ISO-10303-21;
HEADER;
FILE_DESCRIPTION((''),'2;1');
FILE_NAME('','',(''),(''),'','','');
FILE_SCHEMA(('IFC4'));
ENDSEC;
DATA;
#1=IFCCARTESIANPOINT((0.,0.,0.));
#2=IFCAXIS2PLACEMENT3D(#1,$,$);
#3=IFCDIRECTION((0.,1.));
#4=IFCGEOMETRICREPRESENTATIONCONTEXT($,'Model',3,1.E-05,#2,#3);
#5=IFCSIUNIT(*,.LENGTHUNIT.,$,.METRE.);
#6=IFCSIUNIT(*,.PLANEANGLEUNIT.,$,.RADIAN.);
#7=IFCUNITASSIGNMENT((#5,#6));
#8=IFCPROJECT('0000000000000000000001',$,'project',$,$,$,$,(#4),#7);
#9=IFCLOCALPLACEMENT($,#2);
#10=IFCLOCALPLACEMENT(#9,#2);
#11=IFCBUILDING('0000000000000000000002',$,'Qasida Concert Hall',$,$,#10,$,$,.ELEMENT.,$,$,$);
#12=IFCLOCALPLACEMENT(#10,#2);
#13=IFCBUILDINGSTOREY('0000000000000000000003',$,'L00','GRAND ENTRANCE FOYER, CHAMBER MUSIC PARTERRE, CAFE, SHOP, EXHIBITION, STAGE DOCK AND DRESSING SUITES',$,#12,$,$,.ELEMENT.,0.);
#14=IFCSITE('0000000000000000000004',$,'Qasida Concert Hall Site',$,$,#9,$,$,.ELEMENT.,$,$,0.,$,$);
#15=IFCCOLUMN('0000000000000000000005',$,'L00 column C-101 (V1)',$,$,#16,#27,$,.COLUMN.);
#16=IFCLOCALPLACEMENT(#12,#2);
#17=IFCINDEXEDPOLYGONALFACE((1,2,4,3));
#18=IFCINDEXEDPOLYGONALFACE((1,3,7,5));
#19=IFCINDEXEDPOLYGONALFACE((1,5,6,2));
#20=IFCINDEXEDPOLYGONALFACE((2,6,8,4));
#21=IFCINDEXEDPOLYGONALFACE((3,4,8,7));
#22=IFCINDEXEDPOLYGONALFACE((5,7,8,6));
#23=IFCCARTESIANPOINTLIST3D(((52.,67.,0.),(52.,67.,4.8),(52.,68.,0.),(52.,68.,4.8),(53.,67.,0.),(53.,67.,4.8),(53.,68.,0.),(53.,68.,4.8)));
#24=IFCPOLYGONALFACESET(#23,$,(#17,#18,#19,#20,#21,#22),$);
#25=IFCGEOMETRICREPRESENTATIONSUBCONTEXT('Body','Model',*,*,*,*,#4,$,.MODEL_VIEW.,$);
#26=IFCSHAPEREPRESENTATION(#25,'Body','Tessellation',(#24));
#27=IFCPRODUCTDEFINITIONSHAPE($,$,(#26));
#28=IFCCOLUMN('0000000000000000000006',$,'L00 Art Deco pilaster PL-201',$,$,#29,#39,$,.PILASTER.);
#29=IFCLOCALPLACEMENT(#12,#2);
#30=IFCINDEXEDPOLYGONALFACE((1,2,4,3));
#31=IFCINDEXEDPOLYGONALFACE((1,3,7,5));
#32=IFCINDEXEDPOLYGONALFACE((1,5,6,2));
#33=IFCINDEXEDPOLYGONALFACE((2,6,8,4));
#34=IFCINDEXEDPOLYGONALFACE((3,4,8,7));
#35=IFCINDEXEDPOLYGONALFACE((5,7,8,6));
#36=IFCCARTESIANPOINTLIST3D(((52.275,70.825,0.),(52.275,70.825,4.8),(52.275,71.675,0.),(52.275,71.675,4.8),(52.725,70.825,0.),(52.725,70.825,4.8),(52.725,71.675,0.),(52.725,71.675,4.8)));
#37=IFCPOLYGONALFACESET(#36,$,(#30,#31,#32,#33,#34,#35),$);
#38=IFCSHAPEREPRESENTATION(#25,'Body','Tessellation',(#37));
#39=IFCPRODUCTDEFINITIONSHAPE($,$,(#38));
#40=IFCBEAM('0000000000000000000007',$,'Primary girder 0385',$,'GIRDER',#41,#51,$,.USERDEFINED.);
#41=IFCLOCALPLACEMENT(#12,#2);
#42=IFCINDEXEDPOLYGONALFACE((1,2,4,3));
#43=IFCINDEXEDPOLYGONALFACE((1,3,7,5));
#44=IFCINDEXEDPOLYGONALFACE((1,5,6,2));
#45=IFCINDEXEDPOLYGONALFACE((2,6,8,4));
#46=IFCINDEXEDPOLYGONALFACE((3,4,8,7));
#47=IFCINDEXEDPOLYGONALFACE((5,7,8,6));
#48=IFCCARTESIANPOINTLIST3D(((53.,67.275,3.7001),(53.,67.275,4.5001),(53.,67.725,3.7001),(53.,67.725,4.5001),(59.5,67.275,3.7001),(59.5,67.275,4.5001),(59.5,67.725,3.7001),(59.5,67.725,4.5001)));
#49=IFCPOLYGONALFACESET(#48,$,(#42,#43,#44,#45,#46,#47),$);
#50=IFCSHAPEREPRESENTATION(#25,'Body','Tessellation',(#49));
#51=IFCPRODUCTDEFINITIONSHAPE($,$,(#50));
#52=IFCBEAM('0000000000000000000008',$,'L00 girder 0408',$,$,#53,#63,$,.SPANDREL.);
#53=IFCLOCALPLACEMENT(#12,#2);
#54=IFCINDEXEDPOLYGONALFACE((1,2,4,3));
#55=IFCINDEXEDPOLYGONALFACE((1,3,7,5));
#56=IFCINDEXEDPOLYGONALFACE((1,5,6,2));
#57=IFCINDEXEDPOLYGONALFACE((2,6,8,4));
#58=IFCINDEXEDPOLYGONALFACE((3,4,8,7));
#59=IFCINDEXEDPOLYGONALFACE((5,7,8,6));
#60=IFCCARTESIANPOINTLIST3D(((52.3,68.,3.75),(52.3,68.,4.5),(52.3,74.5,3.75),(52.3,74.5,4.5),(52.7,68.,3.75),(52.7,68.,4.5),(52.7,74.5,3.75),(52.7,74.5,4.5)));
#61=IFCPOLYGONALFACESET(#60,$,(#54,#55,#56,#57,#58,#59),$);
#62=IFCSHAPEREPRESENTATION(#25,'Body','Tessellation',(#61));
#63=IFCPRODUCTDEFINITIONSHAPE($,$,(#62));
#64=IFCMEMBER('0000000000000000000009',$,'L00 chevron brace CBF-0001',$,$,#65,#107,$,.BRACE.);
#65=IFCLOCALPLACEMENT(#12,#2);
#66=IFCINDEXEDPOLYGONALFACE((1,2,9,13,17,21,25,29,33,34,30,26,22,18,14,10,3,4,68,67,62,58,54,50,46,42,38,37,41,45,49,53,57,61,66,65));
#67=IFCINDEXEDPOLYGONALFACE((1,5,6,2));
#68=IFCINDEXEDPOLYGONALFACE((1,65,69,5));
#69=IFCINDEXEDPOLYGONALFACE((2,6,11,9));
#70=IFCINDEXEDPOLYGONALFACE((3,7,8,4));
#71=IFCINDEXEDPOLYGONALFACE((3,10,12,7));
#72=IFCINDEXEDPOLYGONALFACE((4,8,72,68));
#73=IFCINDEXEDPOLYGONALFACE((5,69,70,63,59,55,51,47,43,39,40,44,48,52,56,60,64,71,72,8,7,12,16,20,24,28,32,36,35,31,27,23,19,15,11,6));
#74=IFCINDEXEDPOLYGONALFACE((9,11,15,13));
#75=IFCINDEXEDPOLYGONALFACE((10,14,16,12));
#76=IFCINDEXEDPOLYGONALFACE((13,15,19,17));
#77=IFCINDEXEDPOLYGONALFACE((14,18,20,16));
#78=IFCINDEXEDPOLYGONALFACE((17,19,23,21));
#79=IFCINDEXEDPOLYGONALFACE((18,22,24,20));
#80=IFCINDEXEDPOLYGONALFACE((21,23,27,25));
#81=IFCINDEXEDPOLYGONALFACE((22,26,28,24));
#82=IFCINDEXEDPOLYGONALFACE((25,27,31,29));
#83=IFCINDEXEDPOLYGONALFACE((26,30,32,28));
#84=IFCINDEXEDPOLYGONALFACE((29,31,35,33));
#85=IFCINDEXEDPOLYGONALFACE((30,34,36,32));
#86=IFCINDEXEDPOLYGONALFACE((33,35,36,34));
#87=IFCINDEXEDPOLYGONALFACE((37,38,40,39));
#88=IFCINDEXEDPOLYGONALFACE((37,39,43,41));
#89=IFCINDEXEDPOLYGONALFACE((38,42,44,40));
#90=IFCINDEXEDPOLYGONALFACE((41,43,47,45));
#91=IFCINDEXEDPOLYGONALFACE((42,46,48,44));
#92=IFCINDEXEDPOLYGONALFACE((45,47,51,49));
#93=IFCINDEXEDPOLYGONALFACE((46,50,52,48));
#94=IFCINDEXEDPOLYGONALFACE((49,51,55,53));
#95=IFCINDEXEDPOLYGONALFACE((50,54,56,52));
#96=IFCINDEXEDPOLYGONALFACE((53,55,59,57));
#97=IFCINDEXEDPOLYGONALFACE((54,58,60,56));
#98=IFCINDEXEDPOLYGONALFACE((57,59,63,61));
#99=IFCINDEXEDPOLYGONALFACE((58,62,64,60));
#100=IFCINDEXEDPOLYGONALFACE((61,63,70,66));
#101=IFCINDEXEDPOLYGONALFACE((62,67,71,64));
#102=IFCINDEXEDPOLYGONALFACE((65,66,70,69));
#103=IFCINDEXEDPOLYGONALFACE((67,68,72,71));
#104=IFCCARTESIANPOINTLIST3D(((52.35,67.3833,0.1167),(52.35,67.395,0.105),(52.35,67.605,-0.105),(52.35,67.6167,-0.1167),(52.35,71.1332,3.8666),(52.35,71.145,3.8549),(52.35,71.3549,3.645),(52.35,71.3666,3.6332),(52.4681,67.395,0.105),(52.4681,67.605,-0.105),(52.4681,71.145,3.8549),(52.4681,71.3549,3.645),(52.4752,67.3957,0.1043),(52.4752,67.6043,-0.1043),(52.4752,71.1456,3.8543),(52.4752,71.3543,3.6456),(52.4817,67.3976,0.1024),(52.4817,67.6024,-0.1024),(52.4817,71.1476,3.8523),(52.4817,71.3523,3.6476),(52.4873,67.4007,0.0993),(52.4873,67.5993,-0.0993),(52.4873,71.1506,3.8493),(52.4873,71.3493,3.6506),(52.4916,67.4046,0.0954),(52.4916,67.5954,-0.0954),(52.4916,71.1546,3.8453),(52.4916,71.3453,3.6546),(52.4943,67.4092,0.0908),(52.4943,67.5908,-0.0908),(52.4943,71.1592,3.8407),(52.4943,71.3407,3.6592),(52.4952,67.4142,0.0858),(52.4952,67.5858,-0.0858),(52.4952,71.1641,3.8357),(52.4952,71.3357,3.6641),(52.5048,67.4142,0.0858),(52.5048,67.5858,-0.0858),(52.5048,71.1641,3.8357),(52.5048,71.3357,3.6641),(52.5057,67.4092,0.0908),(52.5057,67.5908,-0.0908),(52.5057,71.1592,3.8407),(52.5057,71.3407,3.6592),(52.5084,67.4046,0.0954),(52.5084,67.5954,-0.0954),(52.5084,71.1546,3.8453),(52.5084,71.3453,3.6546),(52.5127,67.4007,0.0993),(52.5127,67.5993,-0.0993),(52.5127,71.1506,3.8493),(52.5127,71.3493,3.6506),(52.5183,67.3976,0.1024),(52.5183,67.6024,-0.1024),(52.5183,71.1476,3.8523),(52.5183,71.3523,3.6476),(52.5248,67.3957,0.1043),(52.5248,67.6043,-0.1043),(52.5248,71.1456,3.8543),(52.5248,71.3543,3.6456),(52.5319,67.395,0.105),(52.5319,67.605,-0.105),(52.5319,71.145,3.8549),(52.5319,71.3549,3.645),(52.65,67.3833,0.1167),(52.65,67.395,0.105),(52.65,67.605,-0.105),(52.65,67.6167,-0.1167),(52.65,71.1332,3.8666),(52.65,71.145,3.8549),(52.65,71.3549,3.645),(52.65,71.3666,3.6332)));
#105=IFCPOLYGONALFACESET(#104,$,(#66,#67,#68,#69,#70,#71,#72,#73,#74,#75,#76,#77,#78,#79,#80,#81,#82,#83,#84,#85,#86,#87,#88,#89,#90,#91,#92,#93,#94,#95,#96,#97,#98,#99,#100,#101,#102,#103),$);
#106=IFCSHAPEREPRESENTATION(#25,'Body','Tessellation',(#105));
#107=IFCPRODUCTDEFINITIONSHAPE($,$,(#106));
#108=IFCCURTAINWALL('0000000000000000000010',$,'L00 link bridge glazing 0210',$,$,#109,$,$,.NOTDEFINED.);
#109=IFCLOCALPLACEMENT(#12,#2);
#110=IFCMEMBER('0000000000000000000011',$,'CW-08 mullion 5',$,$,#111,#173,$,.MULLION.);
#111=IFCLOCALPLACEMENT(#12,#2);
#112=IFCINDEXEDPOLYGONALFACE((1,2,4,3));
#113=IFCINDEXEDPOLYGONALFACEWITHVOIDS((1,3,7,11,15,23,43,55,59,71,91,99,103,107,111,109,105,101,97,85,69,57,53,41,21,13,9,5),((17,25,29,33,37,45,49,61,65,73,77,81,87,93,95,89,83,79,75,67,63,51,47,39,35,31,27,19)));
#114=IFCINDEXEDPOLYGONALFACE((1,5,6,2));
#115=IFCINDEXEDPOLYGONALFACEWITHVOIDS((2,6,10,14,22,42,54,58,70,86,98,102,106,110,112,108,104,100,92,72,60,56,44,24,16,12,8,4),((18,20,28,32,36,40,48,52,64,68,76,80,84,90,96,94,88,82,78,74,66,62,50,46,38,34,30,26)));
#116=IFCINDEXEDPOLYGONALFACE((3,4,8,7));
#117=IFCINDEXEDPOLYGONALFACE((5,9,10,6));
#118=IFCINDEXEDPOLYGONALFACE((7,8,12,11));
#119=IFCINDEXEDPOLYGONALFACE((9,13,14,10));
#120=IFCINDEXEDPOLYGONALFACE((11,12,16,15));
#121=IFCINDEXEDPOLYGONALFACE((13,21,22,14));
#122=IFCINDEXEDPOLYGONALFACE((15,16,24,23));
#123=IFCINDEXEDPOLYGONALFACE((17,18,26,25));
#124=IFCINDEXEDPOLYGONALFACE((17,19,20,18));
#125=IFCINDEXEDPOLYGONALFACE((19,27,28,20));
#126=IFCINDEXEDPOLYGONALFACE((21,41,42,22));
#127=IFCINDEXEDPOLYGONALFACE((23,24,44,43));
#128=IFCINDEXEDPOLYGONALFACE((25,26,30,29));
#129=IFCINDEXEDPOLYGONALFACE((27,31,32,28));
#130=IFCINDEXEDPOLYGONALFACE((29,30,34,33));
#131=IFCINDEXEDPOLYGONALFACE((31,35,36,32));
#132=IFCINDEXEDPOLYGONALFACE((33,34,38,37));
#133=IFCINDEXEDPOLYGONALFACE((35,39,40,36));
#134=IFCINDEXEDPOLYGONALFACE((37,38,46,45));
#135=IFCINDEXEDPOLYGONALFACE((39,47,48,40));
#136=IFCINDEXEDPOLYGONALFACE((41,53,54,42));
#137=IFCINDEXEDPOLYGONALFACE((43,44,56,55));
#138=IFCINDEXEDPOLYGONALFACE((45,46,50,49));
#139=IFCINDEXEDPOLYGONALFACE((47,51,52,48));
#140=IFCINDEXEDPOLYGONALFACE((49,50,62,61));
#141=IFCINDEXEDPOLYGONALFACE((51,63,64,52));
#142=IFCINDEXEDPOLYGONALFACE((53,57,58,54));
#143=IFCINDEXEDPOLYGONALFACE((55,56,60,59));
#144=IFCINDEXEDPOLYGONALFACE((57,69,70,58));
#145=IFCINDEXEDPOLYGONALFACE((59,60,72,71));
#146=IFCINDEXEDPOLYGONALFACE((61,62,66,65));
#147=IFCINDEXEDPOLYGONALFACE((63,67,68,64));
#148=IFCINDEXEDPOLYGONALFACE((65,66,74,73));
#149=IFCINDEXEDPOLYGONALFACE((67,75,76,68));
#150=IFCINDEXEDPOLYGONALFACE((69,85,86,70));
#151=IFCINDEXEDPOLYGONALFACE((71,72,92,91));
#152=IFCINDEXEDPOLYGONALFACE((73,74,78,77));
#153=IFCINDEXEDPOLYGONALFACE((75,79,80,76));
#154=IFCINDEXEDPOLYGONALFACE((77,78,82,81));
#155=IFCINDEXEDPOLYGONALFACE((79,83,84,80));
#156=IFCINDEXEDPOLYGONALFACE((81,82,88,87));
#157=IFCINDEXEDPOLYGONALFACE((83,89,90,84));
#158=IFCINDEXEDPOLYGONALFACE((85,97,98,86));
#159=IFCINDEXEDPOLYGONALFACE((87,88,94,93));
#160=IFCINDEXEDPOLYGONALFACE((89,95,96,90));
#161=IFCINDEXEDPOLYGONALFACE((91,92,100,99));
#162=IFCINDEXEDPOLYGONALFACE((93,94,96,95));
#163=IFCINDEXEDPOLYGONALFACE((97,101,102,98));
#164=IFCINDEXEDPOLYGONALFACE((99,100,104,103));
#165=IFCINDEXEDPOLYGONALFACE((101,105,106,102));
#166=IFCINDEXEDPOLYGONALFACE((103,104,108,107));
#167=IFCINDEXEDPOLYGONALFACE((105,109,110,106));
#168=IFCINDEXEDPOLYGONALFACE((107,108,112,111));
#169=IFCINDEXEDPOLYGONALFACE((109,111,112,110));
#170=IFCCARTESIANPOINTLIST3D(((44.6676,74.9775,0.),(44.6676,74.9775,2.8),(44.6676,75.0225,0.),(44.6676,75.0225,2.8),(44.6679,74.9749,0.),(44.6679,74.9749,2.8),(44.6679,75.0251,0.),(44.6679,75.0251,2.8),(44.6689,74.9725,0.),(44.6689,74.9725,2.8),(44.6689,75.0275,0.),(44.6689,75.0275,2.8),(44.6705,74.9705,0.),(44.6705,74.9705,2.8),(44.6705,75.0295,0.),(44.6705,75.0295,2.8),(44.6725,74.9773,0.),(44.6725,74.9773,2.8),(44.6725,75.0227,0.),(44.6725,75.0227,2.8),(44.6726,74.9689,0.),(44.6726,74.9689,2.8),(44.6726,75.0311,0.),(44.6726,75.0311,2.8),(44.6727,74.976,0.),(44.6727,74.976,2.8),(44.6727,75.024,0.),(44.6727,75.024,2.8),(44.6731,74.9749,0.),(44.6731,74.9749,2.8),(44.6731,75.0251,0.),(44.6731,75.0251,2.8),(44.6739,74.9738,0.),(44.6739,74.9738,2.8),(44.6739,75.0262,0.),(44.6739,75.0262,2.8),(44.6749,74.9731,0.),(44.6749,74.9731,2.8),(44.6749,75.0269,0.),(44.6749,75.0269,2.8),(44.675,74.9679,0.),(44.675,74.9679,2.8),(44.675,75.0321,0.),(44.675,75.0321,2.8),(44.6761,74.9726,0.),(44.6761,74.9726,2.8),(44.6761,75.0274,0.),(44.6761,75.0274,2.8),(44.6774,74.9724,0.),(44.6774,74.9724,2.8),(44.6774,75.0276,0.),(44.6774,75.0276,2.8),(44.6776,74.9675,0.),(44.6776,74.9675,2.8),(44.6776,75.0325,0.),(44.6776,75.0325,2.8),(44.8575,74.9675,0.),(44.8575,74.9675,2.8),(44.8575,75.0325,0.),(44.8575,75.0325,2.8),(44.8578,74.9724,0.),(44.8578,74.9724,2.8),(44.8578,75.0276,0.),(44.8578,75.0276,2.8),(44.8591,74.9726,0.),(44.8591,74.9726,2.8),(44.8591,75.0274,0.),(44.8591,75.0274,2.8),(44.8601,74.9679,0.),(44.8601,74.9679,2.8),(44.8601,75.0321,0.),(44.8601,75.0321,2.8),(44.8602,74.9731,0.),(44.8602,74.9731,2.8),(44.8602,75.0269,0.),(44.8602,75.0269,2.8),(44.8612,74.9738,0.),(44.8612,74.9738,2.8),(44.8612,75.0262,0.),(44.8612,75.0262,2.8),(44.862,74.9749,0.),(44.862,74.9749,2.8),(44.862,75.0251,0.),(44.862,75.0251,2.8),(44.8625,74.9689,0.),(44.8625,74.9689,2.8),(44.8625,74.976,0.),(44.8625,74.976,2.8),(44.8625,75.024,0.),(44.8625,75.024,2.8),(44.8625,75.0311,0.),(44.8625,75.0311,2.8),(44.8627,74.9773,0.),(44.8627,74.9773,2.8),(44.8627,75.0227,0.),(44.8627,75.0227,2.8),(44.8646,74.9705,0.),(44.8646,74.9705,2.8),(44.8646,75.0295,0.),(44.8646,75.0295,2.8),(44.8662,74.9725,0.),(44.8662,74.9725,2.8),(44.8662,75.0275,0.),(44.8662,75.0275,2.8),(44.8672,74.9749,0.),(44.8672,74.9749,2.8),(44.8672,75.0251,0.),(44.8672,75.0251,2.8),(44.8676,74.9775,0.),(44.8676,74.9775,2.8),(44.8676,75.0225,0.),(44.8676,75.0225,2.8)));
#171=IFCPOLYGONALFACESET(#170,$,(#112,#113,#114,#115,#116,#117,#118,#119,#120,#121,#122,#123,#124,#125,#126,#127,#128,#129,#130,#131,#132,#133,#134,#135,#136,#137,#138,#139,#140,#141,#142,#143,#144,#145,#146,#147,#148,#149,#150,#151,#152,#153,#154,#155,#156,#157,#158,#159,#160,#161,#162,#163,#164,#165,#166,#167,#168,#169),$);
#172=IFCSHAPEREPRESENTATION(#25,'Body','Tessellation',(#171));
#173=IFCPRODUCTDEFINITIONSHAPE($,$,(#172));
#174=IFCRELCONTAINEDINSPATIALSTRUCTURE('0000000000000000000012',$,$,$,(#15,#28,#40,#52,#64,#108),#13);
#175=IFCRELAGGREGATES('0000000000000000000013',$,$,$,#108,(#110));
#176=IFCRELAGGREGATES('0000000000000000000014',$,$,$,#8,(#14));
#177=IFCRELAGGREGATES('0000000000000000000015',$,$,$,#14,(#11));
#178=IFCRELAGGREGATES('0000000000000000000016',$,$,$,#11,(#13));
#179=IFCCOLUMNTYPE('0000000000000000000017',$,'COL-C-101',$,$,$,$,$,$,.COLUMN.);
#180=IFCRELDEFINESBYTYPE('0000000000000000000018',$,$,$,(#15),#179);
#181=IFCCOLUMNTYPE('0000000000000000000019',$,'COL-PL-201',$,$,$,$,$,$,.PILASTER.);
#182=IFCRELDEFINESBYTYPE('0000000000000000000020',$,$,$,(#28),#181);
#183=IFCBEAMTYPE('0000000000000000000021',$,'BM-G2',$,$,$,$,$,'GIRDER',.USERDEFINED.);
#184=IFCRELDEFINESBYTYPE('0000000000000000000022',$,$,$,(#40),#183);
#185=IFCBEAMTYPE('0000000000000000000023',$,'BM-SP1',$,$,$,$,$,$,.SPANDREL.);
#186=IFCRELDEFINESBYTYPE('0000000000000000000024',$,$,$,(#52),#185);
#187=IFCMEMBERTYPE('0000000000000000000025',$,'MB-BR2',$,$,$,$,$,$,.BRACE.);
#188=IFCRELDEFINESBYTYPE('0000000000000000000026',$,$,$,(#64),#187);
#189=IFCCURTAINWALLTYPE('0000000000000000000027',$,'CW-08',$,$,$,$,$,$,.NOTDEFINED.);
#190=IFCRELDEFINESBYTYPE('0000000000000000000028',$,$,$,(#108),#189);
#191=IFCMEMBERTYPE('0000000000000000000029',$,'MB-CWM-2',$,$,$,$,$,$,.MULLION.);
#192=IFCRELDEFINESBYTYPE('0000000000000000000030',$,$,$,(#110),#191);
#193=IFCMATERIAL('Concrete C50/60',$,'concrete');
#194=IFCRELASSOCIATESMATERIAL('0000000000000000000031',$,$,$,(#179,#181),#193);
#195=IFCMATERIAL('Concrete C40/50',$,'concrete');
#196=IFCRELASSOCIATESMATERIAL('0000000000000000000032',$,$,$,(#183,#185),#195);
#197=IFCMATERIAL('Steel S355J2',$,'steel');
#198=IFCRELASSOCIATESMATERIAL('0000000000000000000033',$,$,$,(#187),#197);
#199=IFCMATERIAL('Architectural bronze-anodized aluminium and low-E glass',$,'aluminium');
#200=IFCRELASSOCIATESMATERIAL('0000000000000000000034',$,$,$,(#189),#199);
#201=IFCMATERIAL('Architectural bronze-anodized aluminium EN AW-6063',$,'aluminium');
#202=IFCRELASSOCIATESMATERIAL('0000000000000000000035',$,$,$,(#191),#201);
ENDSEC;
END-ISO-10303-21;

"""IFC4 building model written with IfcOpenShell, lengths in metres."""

from ifc_helpers import new_model, si_unit, direction, frame, origin, origin_2d, place, context, subcontext, project, spatial, rectangle, hollow_rectangle, i_section, extrude, material, material_profile, profile_set, type_object, element, aggregate, save


model = new_model("IFC4")

# Units and contexts
model_context = context("Model", 3, precision=1e-05, world=origin(), true_north=direction((0.0, 1.0)))
body_context = subcontext(model_context, "Body", "Model", "MODEL_VIEW")
ifc_project = project(units=[si_unit("LENGTHUNIT", "METRE"), si_unit("PLANEANGLEUNIT", "RADIAN")], contexts=[model_context])

# Site, building, storey
site_placement = place(None, origin())
site = spatial("IfcSite", under=ifc_project, at=site_placement, Name="Qasida Concert Hall Site", CompositionType="ELEMENT", RefElevation=0.0)
building_placement = place(site_placement, origin())
building = spatial("IfcBuilding", under=site, at=building_placement, Name="Qasida Concert Hall", CompositionType="ELEMENT")
storey_placement = place(building_placement, origin())
storey = spatial("IfcBuildingStorey", under=building, at=storey_placement, Name="L00", Description="GRAND ENTRANCE FOYER, CHAMBER MUSIC PARTERRE, CAFE, SHOP, EXHIBITION, STAGE DOCK AND DRESSING SUITES", CompositionType="ELEMENT", Elevation=0.0)

# Columns
ifc_material_1 = material(Name="Concrete C50/60", Category="concrete")
ifc_material_profile_1 = material_profile(ifc_material_1, rectangle(XDim=1.0, YDim=1.0, at=origin_2d()), Name="RC 1000x1000")
ifc_profile_set_1 = profile_set([ifc_material_profile_1], Name="Concrete C50/60")
column_type_1 = type_object("IfcColumnType", Name="COL-C-101", PredefinedType="COLUMN", material=ifc_profile_set_1)
column_1_placement = place(storey_placement, frame((52.5, 67.5, 0.0), z_axis=(0.0, 0.0, 1.0), x_axis=(1.0, 0.0, 0.0)))
element("IfcColumn", 1, at=column_1_placement, inside=storey, type_object=column_type_1, Name="L00 column C-101 (V1)", PredefinedType="COLUMN", context=body_context, shape_type="SweptSolid", body=[
    extrude(rectangle(XDim=1.0, YDim=1.0, at=origin_2d()), origin(), (0.0, 0.0, 1.0), 4.8),
])
ifc_material_profile_2 = material_profile(ifc_material_1, rectangle(XDim=0.45, YDim=0.8501, at=origin_2d()), Name="RC 450x850")
ifc_profile_set_2 = profile_set([ifc_material_profile_2], Name="Concrete C50/60")
column_type_2 = type_object("IfcColumnType", Name="COL-PL-201", PredefinedType="PILASTER", material=ifc_profile_set_2)
column_2_placement = place(storey_placement, frame((52.5, 71.25, 0.0), z_axis=(0.0, 0.0, 1.0), x_axis=(1.0, 0.0, 0.0)))
element("IfcColumn", 2, at=column_2_placement, inside=storey, type_object=column_type_2, Name="L00 Art Deco pilaster PL-201", PredefinedType="PILASTER", context=body_context, shape_type="SweptSolid", body=[
    extrude(rectangle(XDim=0.45, YDim=0.8501, at=origin_2d()), origin(), (0.0, 0.0, 1.0), 4.8),
])

# Beams
ifc_material_2 = material(Name="Concrete C40/50", Category="concrete")
ifc_material_profile_3 = material_profile(ifc_material_2, rectangle(XDim=0.45, YDim=0.8, at=origin_2d()), Name="RC 450x800")
ifc_profile_set_3 = profile_set([ifc_material_profile_3], Name="Concrete C40/50")
beam_type_1 = type_object("IfcBeamType", Name="BM-G2", ElementType="GIRDER", PredefinedType="USERDEFINED", material=ifc_profile_set_3)
beam_1_placement = place(storey_placement, frame((53.0, 67.5, 4.1001), z_axis=(1.0, 0.0, 0.0), x_axis=(0.0, 1.0, 0.0)))
element("IfcBeam", 3, at=beam_1_placement, inside=storey, type_object=beam_type_1, Name="Primary girder 0385", ObjectType="GIRDER", PredefinedType="USERDEFINED", context=body_context, shape_type="SweptSolid", body=[
    extrude(rectangle(XDim=0.45, YDim=0.8, at=origin_2d()), origin(), (0.0, 0.0, 1.0), 6.5),
])
ifc_material_profile_4 = material_profile(ifc_material_2, rectangle(XDim=0.3999, YDim=0.75, at=origin_2d()), Name="RC 400x750")
ifc_profile_set_4 = profile_set([ifc_material_profile_4], Name="Concrete C40/50")
beam_type_2 = type_object("IfcBeamType", Name="BM-SP1", PredefinedType="SPANDREL", material=ifc_profile_set_4)
beam_2_placement = place(storey_placement, frame((52.5, 68.0, 4.125), z_axis=(0.0, 1.0, 0.0), x_axis=(-1.0, 0.0, 0.0)))
element("IfcBeam", 4, at=beam_2_placement, inside=storey, type_object=beam_type_2, Name="L00 girder 0408", PredefinedType="SPANDREL", context=body_context, shape_type="SweptSolid", body=[
    extrude(rectangle(XDim=0.3999, YDim=0.75, at=origin_2d()), origin(), (0.0, 0.0, 1.0), 6.5),
])

# Member
ifc_material_3 = material(Name="Steel S355J2", Category="steel")
ifc_material_profile_5 = material_profile(ifc_material_3, i_section(OverallWidth=0.3, OverallDepth=0.3301, WebThickness=0.0095, FlangeThickness=0.0166, FilletRadius=0.0271, at=origin_2d()), Name="HEA 340")
ifc_profile_set_5 = profile_set([ifc_material_profile_5], Name="Steel S355J2")
member_type_1 = type_object("IfcMemberType", Name="MB-BR2", PredefinedType="BRACE", material=ifc_profile_set_5)
member_1_placement = place(storey_placement, frame((52.5, 67.5, 0.0), z_axis=(0.0, 0.707107, 0.707107), x_axis=(-1.0, 0.0, 0.0)))
element("IfcMember", 5, at=member_1_placement, inside=storey, type_object=member_type_1, Name="L00 chevron brace CBF-0001", PredefinedType="BRACE", context=body_context, shape_type="SweptSolid", body=[
    extrude(i_section(OverallWidth=0.3, OverallDepth=0.3301, WebThickness=0.0095, FlangeThickness=0.0166, FilletRadius=0.0271, at=origin_2d()), origin(), (0.0, 0.0, 1.0), 5.3032),
])

# Curtain wall, member
ifc_material_4 = material(Name="Architectural bronze-anodized aluminium and low-E glass", Category="aluminium")
curtain_wall_type = type_object("IfcCurtainWallType", Name="CW-08", PredefinedType="NOTDEFINED", material=ifc_material_4)
curtain_wall_1_placement = place(storey_placement, origin())
curtain_wall_1 = element("IfcCurtainWall", 6, at=curtain_wall_1_placement, inside=storey, type_object=curtain_wall_type, Name="L00 link bridge glazing 0210", PredefinedType="NOTDEFINED")
ifc_material_5 = material(Name="Architectural bronze-anodized aluminium EN AW-6063", Category="aluminium")
ifc_material_profile_6 = material_profile(ifc_material_5, hollow_rectangle(XDim=0.0649, YDim=0.2, WallThickness=0.0049, InnerFilletRadius=0.0049, OuterFilletRadius=0.01, at=origin_2d()), Name="CWM 200x65x5")
ifc_profile_set_6 = profile_set([ifc_material_profile_6], Name="Architectural bronze-anodized aluminium EN AW-6063")
member_type_2 = type_object("IfcMemberType", Name="MB-CWM-2", PredefinedType="MULLION", material=ifc_profile_set_6)
member_2_placement = place(storey_placement, frame((44.7676, 75.0, 0.0), z_axis=(0.0, 0.0, 1.0), x_axis=(0.0, 1.0, 0.0)))
member_2 = element("IfcMember", 7, at=member_2_placement, type_object=member_type_2, Name="CW-08 mullion 5", PredefinedType="MULLION", context=body_context, shape_type="SweptSolid", body=[
    extrude(hollow_rectangle(XDim=0.0649, YDim=0.2, WallThickness=0.0049, InnerFilletRadius=0.0049, OuterFilletRadius=0.01, at=origin_2d()), origin(), (0.0, 0.0, 1.0), 2.8),
])

aggregate(curtain_wall_1, [member_2])

save(model, "model.ifc")
